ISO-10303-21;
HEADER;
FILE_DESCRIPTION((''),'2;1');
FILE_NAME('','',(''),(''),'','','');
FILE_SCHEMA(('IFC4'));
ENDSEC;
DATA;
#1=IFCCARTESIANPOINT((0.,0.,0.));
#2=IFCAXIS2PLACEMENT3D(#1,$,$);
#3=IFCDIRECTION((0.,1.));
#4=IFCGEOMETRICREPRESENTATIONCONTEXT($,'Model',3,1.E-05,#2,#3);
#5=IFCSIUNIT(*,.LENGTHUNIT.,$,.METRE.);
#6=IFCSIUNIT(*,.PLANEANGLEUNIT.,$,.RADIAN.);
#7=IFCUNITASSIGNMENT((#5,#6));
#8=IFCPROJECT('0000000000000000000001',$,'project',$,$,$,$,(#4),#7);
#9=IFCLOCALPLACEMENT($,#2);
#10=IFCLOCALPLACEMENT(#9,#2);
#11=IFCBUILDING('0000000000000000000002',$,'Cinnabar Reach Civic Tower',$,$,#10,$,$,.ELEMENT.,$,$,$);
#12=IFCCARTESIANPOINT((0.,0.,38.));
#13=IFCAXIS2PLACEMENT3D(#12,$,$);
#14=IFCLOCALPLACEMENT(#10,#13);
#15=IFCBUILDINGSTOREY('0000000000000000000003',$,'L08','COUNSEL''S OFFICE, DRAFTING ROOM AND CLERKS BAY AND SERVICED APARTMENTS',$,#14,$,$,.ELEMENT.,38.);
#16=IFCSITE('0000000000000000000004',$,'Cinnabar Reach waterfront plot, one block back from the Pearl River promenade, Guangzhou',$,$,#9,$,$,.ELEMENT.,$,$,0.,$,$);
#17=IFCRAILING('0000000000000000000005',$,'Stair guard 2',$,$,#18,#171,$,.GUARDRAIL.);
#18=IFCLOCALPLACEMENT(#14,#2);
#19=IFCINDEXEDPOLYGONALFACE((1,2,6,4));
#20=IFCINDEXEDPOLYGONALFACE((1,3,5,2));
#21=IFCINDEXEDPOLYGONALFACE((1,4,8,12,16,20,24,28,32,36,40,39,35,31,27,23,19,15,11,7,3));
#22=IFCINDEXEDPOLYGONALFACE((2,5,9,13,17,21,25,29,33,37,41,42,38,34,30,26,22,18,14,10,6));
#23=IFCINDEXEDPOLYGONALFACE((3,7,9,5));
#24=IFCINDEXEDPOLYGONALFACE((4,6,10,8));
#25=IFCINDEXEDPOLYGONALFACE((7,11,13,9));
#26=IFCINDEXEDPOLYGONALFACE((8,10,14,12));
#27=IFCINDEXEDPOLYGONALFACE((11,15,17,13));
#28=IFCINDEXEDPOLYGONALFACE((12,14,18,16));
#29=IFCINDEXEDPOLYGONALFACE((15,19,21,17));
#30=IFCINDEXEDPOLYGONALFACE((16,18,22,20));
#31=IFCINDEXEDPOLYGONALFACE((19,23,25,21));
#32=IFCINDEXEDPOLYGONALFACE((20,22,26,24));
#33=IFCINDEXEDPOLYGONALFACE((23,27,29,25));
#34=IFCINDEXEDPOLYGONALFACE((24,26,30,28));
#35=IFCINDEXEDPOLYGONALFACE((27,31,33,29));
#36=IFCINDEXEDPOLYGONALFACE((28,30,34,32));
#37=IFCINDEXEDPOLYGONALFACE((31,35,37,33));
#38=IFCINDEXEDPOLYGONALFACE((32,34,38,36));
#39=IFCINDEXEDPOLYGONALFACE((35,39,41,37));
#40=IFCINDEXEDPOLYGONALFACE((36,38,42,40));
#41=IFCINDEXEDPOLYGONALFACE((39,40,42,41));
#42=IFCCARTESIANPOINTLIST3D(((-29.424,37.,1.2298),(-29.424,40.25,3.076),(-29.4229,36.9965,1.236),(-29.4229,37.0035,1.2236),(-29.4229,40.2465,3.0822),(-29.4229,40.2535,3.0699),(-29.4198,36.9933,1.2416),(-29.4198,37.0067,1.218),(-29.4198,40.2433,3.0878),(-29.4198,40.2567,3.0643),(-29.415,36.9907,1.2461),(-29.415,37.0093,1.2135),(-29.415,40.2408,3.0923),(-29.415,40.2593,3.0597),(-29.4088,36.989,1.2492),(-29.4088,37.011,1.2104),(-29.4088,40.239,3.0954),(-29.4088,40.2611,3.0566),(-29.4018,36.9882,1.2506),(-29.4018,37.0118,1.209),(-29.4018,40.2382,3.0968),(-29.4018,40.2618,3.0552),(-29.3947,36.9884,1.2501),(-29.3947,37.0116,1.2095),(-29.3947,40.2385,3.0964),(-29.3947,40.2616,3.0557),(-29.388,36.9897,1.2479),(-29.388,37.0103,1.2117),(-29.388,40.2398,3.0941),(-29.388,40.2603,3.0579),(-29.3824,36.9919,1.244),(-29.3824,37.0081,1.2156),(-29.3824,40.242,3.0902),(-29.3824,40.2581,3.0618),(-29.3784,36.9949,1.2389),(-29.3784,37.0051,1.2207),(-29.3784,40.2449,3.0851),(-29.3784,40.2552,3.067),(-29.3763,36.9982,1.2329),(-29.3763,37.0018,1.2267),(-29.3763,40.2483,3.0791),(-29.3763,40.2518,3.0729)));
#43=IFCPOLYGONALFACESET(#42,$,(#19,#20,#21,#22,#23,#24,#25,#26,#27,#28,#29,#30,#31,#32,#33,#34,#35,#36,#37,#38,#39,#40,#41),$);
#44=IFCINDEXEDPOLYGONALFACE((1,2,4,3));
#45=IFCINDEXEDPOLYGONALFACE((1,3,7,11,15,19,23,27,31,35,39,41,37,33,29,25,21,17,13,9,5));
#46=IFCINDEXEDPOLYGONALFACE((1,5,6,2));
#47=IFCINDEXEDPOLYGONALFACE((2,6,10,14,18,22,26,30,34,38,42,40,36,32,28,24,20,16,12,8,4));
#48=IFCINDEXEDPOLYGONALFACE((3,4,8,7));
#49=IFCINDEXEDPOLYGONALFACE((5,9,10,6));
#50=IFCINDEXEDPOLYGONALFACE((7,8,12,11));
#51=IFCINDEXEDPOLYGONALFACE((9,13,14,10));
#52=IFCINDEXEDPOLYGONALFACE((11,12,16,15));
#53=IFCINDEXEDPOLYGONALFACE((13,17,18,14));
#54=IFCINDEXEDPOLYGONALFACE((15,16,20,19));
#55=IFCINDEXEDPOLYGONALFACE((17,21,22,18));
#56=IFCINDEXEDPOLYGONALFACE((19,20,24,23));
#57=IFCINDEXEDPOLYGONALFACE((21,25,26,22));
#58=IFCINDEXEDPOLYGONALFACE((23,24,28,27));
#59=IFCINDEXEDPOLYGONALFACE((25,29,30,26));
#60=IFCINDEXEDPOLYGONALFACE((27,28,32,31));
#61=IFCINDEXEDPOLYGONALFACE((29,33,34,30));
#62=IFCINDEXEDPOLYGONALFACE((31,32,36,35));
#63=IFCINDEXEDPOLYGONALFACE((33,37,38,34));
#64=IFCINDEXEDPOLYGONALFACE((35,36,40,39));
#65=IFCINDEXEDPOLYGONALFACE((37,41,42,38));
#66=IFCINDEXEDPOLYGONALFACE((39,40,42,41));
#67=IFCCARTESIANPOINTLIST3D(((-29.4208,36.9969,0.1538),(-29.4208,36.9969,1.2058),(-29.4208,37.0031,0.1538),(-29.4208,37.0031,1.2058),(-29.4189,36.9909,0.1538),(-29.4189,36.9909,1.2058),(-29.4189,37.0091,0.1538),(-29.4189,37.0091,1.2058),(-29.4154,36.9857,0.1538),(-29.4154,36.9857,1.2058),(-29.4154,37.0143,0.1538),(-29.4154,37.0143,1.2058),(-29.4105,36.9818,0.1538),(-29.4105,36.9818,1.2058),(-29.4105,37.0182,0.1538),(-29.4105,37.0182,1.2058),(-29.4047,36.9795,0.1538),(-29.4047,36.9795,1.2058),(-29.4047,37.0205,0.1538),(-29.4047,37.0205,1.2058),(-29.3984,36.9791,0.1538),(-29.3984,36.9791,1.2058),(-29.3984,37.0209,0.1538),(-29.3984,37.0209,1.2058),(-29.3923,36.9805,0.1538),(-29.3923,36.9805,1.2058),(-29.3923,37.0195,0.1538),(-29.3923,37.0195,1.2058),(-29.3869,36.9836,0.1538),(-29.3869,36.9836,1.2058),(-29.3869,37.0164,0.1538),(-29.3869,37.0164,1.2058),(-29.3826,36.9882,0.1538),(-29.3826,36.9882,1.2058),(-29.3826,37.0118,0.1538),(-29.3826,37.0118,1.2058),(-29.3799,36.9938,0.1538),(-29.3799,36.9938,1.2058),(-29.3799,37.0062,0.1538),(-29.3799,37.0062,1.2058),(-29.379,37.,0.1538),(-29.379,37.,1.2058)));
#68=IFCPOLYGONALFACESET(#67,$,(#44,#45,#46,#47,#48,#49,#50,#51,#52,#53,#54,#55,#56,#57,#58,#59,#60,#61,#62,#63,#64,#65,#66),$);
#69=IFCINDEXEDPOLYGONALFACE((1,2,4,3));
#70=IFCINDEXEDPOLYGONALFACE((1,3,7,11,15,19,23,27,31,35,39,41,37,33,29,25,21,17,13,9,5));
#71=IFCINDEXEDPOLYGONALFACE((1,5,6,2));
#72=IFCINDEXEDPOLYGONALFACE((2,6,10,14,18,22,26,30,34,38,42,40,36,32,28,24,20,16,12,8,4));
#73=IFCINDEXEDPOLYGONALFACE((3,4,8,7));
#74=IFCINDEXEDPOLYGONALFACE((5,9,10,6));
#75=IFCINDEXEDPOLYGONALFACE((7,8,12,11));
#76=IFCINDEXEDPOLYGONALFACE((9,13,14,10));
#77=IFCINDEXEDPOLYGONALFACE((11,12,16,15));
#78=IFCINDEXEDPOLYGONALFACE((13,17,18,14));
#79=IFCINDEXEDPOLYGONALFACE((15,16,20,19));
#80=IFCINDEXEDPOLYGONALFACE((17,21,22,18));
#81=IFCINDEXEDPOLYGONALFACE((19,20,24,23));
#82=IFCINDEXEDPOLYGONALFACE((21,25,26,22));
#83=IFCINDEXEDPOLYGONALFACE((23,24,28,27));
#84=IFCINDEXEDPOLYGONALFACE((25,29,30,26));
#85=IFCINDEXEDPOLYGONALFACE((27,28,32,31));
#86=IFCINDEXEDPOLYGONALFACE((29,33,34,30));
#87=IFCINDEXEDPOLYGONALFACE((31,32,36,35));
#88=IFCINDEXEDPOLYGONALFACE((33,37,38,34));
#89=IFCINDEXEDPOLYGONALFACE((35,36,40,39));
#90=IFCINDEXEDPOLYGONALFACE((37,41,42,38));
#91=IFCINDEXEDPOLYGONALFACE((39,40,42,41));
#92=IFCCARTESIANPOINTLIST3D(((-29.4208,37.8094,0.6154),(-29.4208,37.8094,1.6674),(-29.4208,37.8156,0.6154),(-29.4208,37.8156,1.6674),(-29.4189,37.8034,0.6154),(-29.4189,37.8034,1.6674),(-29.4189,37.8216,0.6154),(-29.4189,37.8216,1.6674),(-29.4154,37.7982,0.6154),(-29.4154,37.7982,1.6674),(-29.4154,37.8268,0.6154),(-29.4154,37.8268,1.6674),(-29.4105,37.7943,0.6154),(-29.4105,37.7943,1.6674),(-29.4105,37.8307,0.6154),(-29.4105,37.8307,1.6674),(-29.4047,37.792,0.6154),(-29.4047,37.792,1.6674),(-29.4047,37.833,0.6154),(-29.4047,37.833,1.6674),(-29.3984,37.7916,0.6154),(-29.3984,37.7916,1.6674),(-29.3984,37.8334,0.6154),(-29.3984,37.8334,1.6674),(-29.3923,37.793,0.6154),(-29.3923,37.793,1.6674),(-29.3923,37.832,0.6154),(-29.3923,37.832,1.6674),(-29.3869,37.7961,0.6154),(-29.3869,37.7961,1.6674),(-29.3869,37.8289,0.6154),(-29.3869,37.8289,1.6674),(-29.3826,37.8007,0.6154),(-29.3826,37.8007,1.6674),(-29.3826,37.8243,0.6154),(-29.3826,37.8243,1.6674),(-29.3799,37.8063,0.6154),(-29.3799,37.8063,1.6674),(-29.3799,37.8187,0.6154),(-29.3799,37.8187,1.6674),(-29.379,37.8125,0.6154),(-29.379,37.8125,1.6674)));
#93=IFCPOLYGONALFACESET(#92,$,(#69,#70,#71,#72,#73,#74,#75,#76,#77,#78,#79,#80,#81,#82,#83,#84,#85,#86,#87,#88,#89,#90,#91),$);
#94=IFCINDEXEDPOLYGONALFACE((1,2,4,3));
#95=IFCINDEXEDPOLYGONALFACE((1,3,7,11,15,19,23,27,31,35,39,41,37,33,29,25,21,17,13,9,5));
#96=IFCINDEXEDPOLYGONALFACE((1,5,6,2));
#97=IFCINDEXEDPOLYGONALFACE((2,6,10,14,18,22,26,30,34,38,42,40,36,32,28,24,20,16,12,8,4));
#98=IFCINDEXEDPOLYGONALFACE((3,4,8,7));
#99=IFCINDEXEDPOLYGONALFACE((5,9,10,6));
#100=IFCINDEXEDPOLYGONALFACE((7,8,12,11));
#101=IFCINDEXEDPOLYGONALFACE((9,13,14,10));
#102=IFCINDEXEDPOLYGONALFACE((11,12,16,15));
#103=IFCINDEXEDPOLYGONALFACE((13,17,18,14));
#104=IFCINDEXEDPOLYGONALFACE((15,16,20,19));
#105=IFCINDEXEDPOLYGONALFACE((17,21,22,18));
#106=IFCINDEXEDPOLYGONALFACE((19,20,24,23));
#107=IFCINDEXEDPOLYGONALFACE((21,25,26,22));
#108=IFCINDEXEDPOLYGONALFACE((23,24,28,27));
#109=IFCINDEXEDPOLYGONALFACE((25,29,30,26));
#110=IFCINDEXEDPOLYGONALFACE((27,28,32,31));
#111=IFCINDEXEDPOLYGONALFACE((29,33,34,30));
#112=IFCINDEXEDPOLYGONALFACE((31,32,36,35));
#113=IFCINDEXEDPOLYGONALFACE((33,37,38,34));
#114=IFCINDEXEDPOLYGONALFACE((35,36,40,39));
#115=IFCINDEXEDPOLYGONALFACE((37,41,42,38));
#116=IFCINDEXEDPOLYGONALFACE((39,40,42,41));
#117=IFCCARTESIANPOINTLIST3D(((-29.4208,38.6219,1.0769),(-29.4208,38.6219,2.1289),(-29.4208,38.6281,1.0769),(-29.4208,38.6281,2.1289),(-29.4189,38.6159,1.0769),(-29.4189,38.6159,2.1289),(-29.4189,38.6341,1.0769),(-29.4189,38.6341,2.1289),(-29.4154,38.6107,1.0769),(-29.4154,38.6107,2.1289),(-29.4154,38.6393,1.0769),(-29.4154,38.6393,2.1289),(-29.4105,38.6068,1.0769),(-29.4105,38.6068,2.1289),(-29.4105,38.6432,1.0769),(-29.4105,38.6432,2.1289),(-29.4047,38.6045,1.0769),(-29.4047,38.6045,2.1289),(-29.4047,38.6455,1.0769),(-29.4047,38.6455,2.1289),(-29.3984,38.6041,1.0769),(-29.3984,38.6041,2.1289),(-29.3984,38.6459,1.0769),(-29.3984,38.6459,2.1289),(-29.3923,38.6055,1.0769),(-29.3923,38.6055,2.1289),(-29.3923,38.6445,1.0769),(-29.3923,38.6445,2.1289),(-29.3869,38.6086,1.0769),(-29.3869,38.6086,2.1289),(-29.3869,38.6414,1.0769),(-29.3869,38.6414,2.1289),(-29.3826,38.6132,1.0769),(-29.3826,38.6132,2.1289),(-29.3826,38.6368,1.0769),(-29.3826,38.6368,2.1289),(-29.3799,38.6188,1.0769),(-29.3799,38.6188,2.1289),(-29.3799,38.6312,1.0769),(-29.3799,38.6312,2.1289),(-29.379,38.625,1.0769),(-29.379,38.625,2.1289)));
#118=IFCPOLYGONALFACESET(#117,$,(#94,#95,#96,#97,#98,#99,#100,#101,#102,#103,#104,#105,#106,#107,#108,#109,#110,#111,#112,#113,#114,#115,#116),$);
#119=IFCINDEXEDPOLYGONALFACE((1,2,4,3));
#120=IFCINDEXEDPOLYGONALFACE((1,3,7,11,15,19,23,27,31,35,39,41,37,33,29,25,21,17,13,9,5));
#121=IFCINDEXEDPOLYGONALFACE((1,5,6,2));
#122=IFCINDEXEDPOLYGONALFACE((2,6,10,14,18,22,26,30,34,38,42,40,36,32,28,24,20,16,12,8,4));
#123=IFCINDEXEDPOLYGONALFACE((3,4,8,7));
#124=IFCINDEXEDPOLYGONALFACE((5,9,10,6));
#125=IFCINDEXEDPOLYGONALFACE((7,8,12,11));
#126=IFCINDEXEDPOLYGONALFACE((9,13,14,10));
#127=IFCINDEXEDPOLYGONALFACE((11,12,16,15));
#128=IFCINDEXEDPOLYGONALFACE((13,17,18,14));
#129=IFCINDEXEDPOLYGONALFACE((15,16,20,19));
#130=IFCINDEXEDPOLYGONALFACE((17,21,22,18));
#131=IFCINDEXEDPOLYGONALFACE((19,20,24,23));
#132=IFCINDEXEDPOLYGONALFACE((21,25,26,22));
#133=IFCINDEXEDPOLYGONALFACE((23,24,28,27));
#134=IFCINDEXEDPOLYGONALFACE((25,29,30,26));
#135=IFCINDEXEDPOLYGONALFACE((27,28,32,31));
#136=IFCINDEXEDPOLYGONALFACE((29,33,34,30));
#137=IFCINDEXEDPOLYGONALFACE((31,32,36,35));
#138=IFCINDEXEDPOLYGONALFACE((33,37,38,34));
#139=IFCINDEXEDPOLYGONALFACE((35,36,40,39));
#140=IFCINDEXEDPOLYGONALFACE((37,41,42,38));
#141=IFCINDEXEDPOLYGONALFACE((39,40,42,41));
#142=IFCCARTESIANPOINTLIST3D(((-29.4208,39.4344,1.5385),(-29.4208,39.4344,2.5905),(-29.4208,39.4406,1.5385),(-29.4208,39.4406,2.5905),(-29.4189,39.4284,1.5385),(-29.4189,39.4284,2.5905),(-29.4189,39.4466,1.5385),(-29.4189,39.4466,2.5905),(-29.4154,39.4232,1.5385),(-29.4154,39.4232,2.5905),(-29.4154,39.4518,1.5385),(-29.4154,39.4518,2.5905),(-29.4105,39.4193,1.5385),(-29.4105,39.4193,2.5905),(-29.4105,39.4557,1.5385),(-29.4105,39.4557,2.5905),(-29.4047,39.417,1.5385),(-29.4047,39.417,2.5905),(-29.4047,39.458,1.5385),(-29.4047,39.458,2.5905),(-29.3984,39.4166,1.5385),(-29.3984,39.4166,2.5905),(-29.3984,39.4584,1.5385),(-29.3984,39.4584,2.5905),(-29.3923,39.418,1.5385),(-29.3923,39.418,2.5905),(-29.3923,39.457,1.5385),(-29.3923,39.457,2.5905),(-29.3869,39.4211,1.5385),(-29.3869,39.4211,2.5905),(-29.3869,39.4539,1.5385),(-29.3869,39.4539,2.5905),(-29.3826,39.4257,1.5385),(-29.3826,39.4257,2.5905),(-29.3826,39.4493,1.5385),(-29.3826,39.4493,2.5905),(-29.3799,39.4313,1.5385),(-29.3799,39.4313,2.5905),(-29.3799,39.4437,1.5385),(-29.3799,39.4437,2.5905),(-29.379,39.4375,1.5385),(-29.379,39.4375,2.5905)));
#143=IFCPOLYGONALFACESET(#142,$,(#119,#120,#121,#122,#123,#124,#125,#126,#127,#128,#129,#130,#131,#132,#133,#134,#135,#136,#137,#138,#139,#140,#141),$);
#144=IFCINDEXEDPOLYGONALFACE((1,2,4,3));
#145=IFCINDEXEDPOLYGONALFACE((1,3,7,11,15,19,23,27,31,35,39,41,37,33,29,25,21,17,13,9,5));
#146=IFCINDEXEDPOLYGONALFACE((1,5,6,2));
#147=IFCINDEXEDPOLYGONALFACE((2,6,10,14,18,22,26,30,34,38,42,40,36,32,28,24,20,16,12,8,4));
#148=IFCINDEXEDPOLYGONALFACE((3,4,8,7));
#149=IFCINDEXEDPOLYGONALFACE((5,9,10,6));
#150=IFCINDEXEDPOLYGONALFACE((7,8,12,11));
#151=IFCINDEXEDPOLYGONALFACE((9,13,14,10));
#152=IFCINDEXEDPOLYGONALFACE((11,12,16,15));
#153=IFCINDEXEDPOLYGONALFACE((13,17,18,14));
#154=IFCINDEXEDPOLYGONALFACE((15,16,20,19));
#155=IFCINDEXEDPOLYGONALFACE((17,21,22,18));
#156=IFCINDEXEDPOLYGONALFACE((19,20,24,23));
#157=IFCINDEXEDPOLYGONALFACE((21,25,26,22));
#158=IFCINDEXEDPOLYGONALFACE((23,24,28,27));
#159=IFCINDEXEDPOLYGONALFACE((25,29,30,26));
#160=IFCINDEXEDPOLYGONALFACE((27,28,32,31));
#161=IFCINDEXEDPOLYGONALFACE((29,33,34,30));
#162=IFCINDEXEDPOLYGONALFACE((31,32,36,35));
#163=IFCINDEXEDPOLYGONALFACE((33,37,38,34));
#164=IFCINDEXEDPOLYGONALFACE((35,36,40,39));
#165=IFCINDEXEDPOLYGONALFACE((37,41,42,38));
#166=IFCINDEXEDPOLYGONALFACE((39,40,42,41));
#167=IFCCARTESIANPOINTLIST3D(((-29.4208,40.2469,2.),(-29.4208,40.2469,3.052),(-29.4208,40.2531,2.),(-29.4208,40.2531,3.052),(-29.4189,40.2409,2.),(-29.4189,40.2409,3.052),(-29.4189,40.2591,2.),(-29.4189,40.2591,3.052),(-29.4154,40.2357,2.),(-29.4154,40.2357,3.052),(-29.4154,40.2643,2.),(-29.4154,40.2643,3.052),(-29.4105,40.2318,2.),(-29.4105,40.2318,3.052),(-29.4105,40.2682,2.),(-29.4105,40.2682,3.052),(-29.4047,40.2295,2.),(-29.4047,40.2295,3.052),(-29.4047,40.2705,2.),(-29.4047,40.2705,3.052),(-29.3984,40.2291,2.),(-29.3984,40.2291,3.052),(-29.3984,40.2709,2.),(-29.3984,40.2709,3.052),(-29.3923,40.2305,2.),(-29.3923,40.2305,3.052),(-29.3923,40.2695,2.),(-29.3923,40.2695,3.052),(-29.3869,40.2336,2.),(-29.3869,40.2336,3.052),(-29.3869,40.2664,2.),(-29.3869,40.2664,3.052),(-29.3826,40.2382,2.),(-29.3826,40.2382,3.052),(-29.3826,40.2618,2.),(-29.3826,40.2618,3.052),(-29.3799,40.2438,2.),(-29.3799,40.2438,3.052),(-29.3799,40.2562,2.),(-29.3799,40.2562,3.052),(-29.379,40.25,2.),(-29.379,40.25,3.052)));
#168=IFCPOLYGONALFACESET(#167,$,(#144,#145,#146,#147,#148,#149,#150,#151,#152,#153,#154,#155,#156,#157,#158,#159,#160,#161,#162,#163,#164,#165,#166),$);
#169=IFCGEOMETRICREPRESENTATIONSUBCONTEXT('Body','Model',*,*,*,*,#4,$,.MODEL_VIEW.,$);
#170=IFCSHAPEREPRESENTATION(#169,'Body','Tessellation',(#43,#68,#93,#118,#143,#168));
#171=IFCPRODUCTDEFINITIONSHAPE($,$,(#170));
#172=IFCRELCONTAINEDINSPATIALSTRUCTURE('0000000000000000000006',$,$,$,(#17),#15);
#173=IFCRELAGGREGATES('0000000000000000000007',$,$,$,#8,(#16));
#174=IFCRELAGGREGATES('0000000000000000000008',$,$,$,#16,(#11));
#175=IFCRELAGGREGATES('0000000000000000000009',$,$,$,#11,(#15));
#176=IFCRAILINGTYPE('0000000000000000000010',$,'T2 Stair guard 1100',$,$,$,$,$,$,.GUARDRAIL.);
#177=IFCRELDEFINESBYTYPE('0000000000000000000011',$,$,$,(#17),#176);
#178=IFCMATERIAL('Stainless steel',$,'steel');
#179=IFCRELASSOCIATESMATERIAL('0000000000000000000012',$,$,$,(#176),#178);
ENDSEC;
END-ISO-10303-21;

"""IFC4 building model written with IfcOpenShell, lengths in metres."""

from ifc_helpers import new_model, si_unit, direction, frame, origin, origin_2d, place, context, subcontext, project, spatial, circle, extrude, material, type_object, element, save


model = new_model("IFC4")

# Units and contexts
model_context = context("Model", 3, precision=1e-05, world=origin(), true_north=direction((0.0, 1.0)))
body_context = subcontext(model_context, "Body", "Model", "MODEL_VIEW")
ifc_project = project(units=[si_unit("LENGTHUNIT", "METRE"), si_unit("PLANEANGLEUNIT", "RADIAN")], contexts=[model_context])

# Site, building, storey
site_placement = place(None, origin())
site = spatial("IfcSite", under=ifc_project, at=site_placement, Name="Cinnabar Reach waterfront plot, one block back from the Pearl River promenade, Guangzhou", CompositionType="ELEMENT", RefElevation=0.0)
building_placement = place(site_placement, origin())
building = spatial("IfcBuilding", under=site, at=building_placement, Name="Cinnabar Reach Civic Tower", CompositionType="ELEMENT")
storey_placement = place(building_placement, frame((0.0, 0.0, 38.0)))
storey = spatial("IfcBuildingStorey", under=building, at=storey_placement, Name="L08", Description="COUNSEL'S OFFICE, DRAFTING ROOM AND CLERKS BAY AND SERVICED APARTMENTS", CompositionType="ELEMENT", Elevation=38.0)

# Railing
ifc_material_1 = material(Name="Stainless steel", Category="steel")
railing_type = type_object("IfcRailingType", Name="T2 Stair guard 1100", PredefinedType="GUARDRAIL", material=ifc_material_1)
railing_1_placement = place(storey_placement, frame((-29.4, 37.0, 0.1538)))
element("IfcRailing", 1, at=railing_1_placement, inside=storey, type_object=railing_type, Name="Stair guard 2", PredefinedType="GUARDRAIL", context=body_context, shape_type="SweptSolid", body=[
    extrude(circle(Radius=0.024, at=origin_2d()), frame((0.0, 0.0, 1.076), z_axis=(0.0, 0.869501, 0.49393), x_axis=(-1.0, 0.0, 0.0)), (0.0, 0.0, 1.0), 3.7378),
    extrude(circle(Radius=0.021, at=origin_2d()), origin(), (0.0, 0.0, 1.0), 1.052),
    extrude(circle(Radius=0.021, at=origin_2d()), frame((0.0, 0.8125, 0.4616)), (0.0, 0.0, 1.0), 1.052),
    extrude(circle(Radius=0.021, at=origin_2d()), frame((0.0, 1.625, 0.9231)), (0.0, 0.0, 1.0), 1.052),
    extrude(circle(Radius=0.021, at=origin_2d()), frame((0.0, 2.4375, 1.3847)), (0.0, 0.0, 1.0), 1.052),
    extrude(circle(Radius=0.021, at=origin_2d()), frame((0.0, 3.25, 1.8462)), (0.0, 0.0, 1.0), 1.052),
])

save(model, "model.ifc")
